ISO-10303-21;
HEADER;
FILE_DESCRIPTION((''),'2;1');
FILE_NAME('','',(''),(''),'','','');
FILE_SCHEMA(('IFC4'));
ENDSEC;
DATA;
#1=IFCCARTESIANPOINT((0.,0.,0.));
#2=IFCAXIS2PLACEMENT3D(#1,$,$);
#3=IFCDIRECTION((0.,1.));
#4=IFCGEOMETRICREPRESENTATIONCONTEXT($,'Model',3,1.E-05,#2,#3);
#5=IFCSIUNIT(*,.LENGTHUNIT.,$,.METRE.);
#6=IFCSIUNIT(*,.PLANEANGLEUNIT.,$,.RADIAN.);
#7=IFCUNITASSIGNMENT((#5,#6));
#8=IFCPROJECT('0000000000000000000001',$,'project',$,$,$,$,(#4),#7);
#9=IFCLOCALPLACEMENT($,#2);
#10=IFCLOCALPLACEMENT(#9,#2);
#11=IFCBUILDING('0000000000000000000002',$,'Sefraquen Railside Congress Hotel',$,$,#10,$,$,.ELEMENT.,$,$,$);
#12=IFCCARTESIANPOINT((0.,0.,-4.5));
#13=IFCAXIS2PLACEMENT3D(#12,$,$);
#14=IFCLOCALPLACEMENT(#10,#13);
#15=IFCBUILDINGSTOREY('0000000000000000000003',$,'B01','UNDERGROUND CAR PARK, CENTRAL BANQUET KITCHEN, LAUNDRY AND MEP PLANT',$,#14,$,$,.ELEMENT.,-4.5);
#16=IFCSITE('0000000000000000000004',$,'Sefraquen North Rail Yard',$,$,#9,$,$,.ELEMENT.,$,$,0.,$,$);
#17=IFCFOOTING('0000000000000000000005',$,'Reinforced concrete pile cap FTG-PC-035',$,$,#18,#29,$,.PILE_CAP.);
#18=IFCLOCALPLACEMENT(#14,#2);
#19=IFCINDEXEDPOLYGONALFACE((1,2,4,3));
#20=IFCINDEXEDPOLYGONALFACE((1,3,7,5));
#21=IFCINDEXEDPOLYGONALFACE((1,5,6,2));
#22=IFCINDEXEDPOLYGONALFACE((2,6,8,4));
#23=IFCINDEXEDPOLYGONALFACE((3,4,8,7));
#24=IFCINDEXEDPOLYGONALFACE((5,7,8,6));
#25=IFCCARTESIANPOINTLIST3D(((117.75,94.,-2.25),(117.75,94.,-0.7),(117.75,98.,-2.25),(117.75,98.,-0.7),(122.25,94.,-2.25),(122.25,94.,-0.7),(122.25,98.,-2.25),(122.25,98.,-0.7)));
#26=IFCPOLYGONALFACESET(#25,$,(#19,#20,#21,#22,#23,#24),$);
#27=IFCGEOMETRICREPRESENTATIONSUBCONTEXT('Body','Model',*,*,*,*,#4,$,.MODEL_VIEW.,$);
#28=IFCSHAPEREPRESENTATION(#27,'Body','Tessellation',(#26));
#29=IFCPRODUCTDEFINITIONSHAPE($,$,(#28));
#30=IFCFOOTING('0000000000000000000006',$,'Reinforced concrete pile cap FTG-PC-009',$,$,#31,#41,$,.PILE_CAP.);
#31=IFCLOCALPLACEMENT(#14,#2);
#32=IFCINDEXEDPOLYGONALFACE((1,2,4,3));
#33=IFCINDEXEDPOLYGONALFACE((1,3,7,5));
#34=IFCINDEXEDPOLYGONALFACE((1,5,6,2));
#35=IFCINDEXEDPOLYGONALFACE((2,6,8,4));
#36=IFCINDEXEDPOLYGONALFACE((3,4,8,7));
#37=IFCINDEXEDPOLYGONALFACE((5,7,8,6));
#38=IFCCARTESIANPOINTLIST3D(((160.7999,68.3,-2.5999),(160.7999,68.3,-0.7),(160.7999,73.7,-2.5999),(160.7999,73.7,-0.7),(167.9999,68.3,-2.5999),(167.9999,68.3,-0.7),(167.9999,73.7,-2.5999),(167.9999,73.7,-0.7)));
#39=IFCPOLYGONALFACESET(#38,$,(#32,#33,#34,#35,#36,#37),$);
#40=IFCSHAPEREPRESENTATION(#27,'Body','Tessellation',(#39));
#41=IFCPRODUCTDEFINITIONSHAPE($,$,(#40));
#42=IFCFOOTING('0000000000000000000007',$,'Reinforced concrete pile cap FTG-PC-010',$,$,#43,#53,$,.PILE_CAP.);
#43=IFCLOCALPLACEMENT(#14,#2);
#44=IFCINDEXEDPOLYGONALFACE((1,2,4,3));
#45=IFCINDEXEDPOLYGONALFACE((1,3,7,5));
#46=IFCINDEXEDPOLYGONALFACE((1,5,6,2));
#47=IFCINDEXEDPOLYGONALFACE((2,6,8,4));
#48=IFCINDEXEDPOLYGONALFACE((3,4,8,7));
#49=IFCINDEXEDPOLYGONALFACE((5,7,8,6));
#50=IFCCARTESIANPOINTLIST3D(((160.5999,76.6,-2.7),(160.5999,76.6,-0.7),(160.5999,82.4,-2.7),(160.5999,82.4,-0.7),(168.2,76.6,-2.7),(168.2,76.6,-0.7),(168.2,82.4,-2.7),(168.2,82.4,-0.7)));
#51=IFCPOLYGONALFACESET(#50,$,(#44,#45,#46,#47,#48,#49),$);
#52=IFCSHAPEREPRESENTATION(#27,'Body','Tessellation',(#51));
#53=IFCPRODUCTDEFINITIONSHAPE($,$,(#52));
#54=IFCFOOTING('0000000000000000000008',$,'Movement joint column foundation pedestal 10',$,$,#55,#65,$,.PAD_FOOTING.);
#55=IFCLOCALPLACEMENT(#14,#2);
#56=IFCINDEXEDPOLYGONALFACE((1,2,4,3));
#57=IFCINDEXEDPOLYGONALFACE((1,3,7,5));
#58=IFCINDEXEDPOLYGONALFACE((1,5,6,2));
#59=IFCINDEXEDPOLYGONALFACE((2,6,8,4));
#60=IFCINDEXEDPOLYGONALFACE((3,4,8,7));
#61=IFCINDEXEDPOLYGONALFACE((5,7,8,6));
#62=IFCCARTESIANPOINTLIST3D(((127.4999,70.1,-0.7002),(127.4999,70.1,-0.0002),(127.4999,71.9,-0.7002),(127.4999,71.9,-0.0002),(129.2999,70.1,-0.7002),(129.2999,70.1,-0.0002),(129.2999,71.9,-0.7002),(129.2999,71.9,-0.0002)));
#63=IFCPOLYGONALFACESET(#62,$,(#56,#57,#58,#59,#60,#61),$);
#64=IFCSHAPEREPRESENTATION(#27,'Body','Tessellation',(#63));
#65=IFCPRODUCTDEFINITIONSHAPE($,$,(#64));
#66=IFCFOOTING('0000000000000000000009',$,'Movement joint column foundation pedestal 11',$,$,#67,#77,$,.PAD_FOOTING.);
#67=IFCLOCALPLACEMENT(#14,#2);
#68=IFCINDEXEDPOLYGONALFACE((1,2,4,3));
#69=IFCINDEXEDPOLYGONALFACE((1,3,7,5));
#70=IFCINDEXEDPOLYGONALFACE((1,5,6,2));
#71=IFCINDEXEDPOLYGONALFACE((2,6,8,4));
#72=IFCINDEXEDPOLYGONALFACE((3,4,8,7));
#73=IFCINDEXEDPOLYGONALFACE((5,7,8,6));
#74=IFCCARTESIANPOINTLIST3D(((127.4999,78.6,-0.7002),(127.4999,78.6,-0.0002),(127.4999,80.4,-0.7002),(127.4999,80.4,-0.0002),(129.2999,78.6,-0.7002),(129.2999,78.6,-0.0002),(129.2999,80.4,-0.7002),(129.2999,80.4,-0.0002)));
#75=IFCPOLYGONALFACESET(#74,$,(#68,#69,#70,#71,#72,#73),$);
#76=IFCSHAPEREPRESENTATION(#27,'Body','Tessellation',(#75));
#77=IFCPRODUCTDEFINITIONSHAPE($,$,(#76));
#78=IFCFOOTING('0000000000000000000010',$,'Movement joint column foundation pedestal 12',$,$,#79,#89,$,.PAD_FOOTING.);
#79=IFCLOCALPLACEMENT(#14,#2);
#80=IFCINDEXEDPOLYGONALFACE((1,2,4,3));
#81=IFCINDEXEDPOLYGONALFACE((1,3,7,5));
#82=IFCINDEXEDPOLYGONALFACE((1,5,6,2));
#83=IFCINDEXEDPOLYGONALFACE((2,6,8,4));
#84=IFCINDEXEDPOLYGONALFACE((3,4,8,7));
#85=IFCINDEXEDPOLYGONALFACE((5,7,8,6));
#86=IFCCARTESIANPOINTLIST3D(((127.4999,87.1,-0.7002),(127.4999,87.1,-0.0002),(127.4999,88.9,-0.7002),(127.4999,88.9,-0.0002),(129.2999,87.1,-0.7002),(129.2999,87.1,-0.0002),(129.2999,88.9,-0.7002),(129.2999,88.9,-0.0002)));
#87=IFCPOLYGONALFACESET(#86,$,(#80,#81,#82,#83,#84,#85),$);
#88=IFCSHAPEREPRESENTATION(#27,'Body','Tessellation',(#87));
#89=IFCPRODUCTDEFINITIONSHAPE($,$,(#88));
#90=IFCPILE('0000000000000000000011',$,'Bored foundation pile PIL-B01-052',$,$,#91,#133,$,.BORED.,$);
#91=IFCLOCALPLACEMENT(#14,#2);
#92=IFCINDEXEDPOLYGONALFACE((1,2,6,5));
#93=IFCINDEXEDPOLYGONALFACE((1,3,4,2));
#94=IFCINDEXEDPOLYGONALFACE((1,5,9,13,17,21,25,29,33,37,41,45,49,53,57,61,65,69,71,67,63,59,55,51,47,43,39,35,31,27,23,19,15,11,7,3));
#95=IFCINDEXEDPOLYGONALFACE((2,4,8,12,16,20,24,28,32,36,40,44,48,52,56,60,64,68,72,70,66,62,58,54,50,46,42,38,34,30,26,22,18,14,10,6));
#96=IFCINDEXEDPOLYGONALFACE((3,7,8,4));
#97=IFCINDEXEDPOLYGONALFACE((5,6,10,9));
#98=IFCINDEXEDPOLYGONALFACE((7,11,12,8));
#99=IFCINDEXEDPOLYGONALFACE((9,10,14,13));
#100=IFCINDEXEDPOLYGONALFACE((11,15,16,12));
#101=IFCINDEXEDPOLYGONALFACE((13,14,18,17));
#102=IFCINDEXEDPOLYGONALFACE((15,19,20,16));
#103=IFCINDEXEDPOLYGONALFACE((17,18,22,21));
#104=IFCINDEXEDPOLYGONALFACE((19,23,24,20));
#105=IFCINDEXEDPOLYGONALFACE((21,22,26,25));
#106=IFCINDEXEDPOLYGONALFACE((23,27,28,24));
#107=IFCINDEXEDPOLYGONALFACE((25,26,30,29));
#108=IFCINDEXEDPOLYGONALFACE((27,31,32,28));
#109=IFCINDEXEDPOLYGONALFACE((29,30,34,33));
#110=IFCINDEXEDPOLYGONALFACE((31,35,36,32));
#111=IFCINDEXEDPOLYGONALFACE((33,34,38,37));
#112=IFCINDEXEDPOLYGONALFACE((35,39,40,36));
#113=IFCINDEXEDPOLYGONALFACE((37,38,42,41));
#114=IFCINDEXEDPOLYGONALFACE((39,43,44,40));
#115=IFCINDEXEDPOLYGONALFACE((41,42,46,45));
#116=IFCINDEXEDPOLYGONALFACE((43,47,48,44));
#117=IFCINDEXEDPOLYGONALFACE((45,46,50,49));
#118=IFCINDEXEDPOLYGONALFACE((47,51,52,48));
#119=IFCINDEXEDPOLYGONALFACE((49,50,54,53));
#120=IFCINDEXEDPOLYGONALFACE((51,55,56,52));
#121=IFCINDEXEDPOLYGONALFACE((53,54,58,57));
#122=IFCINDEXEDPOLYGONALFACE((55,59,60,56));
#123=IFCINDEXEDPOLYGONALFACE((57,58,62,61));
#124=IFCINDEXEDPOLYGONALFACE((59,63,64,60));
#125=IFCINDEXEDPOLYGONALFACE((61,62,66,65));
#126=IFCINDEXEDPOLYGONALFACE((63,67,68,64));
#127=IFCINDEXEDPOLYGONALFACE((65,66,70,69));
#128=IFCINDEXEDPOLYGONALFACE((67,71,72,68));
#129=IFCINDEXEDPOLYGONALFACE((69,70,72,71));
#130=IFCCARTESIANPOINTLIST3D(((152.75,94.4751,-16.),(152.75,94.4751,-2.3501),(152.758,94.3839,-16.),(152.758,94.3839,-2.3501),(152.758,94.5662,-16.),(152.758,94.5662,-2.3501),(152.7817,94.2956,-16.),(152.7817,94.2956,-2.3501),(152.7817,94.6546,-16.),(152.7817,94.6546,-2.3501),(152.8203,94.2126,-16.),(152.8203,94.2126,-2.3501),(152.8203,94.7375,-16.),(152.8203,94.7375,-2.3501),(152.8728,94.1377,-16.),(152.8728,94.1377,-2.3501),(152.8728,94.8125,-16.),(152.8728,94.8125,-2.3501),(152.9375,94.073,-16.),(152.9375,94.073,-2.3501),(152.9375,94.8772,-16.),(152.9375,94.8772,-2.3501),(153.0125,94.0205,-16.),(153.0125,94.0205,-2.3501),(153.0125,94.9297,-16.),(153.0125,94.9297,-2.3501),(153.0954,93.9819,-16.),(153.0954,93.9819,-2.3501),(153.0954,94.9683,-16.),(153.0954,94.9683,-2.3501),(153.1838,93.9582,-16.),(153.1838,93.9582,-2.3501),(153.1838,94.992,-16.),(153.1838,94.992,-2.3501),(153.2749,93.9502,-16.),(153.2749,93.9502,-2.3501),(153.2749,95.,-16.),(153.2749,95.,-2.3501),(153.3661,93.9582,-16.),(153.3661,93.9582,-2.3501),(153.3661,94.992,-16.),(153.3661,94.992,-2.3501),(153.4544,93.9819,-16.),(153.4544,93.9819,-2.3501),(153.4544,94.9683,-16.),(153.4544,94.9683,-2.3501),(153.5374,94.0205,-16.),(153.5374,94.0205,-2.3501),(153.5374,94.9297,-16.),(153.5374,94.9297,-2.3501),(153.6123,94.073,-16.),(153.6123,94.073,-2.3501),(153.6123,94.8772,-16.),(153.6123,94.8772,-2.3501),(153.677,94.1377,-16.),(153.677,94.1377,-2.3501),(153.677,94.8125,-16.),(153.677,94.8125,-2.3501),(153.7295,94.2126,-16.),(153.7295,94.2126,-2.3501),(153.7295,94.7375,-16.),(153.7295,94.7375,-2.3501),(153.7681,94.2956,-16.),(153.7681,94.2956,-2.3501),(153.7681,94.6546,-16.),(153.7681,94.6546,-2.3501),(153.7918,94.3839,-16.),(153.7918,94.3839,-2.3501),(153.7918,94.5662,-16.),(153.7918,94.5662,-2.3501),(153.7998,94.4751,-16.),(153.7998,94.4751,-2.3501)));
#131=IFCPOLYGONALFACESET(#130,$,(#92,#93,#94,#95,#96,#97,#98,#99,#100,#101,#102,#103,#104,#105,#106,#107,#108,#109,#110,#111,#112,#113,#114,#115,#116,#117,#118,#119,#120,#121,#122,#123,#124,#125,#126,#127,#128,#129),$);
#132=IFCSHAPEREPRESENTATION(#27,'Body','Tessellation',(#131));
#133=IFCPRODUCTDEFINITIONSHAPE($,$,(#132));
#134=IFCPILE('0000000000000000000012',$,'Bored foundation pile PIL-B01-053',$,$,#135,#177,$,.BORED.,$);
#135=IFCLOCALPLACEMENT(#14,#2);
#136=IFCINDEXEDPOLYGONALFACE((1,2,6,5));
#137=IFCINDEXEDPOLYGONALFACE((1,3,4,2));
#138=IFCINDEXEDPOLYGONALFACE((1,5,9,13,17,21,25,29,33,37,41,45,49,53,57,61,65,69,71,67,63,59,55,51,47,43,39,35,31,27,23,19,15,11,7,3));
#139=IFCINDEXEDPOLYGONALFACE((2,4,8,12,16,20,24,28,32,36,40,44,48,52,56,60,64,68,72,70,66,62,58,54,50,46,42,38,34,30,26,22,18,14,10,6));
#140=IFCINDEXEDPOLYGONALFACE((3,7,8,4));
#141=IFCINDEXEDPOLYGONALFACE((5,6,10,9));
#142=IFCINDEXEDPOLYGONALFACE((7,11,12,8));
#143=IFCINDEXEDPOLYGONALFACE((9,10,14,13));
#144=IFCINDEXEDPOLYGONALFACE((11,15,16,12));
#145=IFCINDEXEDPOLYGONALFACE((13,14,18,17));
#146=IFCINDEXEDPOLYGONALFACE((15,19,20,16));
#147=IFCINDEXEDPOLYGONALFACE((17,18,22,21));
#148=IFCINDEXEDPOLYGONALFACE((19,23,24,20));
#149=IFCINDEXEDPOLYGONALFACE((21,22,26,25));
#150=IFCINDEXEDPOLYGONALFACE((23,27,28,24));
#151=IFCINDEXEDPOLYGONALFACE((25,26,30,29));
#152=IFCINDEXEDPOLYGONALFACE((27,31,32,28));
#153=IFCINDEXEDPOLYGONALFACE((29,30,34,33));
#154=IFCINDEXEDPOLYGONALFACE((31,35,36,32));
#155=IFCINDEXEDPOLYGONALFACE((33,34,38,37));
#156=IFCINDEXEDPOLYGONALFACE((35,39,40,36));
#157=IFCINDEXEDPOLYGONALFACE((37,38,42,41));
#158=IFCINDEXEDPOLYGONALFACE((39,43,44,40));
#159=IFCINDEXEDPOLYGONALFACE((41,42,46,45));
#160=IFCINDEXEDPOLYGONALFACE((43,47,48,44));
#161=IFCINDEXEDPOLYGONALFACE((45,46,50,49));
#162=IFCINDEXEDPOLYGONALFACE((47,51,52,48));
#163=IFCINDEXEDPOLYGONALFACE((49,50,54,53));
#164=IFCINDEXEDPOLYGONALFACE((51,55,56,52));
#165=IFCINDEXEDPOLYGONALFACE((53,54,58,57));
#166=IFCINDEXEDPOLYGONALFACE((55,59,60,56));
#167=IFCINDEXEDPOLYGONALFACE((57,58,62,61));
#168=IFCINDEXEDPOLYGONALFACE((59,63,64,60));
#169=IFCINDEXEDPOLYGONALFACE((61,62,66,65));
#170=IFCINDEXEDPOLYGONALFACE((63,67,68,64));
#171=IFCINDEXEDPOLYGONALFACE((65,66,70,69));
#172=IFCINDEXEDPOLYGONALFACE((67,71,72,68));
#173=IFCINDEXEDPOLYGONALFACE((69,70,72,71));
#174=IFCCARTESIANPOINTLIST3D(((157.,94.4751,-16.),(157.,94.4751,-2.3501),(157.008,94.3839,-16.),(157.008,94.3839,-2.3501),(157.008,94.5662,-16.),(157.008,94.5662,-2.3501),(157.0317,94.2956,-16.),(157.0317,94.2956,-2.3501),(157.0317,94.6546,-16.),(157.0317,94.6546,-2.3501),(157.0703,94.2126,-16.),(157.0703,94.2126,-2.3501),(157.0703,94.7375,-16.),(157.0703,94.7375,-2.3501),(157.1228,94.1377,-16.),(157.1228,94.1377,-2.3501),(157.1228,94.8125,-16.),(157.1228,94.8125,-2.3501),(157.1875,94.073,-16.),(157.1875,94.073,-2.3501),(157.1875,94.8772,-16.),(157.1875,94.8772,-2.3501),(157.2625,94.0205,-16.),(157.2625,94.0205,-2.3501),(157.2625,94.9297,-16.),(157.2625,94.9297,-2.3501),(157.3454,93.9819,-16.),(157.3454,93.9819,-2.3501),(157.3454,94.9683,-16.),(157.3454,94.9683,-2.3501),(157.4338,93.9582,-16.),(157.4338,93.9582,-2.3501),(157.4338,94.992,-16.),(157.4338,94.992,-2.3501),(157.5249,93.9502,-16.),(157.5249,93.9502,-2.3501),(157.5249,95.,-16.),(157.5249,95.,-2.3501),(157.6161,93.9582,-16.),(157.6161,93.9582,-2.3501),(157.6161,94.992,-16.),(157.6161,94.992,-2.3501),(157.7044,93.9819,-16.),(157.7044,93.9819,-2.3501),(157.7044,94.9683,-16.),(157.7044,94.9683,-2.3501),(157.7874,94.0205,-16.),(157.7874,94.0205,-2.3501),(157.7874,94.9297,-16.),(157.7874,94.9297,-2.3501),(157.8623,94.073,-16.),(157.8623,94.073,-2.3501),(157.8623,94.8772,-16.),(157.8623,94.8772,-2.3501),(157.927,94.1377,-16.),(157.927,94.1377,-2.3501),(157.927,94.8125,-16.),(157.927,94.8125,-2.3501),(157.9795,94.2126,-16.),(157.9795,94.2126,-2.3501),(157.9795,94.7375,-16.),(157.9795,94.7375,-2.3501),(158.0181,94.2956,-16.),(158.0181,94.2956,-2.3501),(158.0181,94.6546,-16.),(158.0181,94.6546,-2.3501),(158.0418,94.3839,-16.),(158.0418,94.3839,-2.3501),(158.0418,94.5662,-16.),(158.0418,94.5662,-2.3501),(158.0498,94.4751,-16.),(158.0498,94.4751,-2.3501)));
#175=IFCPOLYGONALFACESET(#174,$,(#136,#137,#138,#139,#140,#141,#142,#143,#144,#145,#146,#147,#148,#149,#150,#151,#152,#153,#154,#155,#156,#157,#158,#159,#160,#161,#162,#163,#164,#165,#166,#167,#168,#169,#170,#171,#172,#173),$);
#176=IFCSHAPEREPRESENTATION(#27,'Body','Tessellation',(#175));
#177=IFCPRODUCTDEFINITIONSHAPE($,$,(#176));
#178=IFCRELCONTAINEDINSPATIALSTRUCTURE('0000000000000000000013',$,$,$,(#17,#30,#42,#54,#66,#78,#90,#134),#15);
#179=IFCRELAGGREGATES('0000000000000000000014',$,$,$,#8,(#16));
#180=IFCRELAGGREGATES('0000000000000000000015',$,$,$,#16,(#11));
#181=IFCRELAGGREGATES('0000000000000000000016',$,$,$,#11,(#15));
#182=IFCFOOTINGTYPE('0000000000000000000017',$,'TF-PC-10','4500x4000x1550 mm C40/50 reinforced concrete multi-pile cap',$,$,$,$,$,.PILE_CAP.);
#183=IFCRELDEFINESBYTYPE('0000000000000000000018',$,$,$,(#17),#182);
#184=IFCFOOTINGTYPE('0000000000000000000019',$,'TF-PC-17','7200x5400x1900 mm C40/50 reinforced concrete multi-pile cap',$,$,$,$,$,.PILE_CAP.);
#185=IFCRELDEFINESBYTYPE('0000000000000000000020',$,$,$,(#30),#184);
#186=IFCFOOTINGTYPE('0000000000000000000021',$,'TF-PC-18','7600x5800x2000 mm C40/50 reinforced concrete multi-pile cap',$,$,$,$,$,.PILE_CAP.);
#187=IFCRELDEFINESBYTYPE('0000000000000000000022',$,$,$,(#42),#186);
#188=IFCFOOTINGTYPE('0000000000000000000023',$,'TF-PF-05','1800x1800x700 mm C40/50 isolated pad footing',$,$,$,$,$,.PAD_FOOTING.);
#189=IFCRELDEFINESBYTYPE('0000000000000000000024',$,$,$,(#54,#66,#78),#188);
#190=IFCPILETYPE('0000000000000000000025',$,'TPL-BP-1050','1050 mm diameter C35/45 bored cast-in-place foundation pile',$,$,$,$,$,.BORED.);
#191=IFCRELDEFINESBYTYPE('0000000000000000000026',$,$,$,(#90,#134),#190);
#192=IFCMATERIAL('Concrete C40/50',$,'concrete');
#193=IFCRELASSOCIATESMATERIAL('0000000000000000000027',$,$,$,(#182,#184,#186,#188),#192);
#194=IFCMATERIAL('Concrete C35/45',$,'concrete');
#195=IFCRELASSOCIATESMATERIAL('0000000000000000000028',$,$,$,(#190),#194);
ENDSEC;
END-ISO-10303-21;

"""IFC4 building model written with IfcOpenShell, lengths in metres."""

from ifc_helpers import new_model, si_unit, direction, frame, origin, origin_2d, place, context, subcontext, project, spatial, rectangle, circle, extrude, material, material_profile, profile_set, type_object, element, save


model = new_model("IFC4")

# Units and contexts
model_context = context("Model", 3, precision=1e-05, world=origin(), true_north=direction((0.0, 1.0)))
body_context = subcontext(model_context, "Body", "Model", "MODEL_VIEW")
ifc_project = project(units=[si_unit("LENGTHUNIT", "METRE"), si_unit("PLANEANGLEUNIT", "RADIAN")], contexts=[model_context])

# Site, building, storey
site_placement = place(None, origin())
site = spatial("IfcSite", under=ifc_project, at=site_placement, Name="Sefraquen North Rail Yard", CompositionType="ELEMENT", RefElevation=0.0)
building_placement = place(site_placement, origin())
building = spatial("IfcBuilding", under=site, at=building_placement, Name="Sefraquen Railside Congress Hotel", CompositionType="ELEMENT")
storey_placement = place(building_placement, frame((0.0, 0.0, -4.5)))
storey = spatial("IfcBuildingStorey", under=building, at=storey_placement, Name="B01", Description="UNDERGROUND CAR PARK, CENTRAL BANQUET KITCHEN, LAUNDRY AND MEP PLANT", CompositionType="ELEMENT", Elevation=-4.5)

# Footings
ifc_material_1 = material(Name="Concrete C40/50", Category="concrete")
footing_type_1 = type_object("IfcFootingType", Name="TF-PC-10", Description="4500x4000x1550 mm C40/50 reinforced concrete multi-pile cap", PredefinedType="PILE_CAP", material=ifc_material_1)
footing_1_placement = place(storey_placement, frame((120.0, 96.0, -2.25), z_axis=(0.0, 0.0, 1.0), x_axis=(1.0, 0.0, 0.0)))
element("IfcFooting", 1, at=footing_1_placement, inside=storey, type_object=footing_type_1, Name="Reinforced concrete pile cap FTG-PC-035", PredefinedType="PILE_CAP", context=body_context, shape_type="SweptSolid", body=[
    extrude(rectangle(XDim=4.5, YDim=4.0, at=origin_2d()), origin(), (0.0, 0.0, 1.0), 1.55),
])
footing_type_2 = type_object("IfcFootingType", Name="TF-PC-17", Description="7200x5400x1900 mm C40/50 reinforced concrete multi-pile cap", PredefinedType="PILE_CAP", material=ifc_material_1)
footing_2_placement = place(storey_placement, frame((164.3999, 71.0, -2.5999), z_axis=(0.0, 0.0, 1.0), x_axis=(1.0, 0.0, 0.0)))
element("IfcFooting", 2, at=footing_2_placement, inside=storey, type_object=footing_type_2, Name="Reinforced concrete pile cap FTG-PC-009", PredefinedType="PILE_CAP", context=body_context, shape_type="SweptSolid", body=[
    extrude(rectangle(XDim=7.2, YDim=5.3999, at=origin_2d()), origin(), (0.0, 0.0, 1.0), 1.8999),
])
footing_type_3 = type_object("IfcFootingType", Name="TF-PC-18", Description="7600x5800x2000 mm C40/50 reinforced concrete multi-pile cap", PredefinedType="PILE_CAP", material=ifc_material_1)
footing_3_placement = place(storey_placement, frame((164.3999, 79.5, -2.7), z_axis=(0.0, 0.0, 1.0), x_axis=(1.0, 0.0, 0.0)))
element("IfcFooting", 3, at=footing_3_placement, inside=storey, type_object=footing_type_3, Name="Reinforced concrete pile cap FTG-PC-010", PredefinedType="PILE_CAP", context=body_context, shape_type="SweptSolid", body=[
    extrude(rectangle(XDim=7.6001, YDim=5.8, at=origin_2d()), origin(), (0.0, 0.0, 1.0), 2.0),
])
footing_type_4 = type_object("IfcFootingType", Name="TF-PF-05", Description="1800x1800x700 mm C40/50 isolated pad footing", PredefinedType="PAD_FOOTING", material=ifc_material_1)
for number, where, z_axis, x_axis, name in (
    (4, (128.3999, 71.0, -0.7002), (0.0, 0.0, 1.0), (1.0, 0.0, 0.0), "Movement joint column foundation pedestal 10"),
    (5, (128.3999, 79.5, -0.7002), (0.0, 0.0, 1.0), (1.0, 0.0, 0.0), "Movement joint column foundation pedestal 11"),
    (6, (128.3999, 88.0, -0.7002), (0.0, 0.0, 1.0), (1.0, 0.0, 0.0), "Movement joint column foundation pedestal 12"),
):
    element("IfcFooting", number, at=place(storey_placement, frame(where, z_axis=z_axis, x_axis=x_axis)), inside=storey, type_object=footing_type_4, Name=name, PredefinedType="PAD_FOOTING", context=body_context, shape_type="SweptSolid", body=[
        extrude(rectangle(XDim=1.8, YDim=1.8, at=origin_2d()), origin(), (0.0, 0.0, 1.0), 0.7),
    ])

# Piles
ifc_material_2 = material(Name="Concrete C35/45", Category="concrete")
ifc_material_profile_1 = material_profile(ifc_material_2, circle(Radius=0.5249, at=origin_2d()), Name="BORED PILE 1050")
ifc_profile_set_1 = profile_set([ifc_material_profile_1], Name="Concrete C35/45")
pile_type_1 = type_object("IfcPileType", Name="TPL-BP-1050", Description="1050 mm diameter C35/45 bored cast-in-place foundation pile", PredefinedType="BORED", material=ifc_profile_set_1)
for number, where, z_axis, x_axis, name in (
    (7, (153.2749, 94.4751, -2.3501), (0.0, 0.0, -1.0), (1.0, 0.0, 0.0), "Bored foundation pile PIL-B01-052"),
    (8, (157.5249, 94.4751, -2.3501), (0.0, 0.0, -1.0), (1.0, 0.0, 0.0), "Bored foundation pile PIL-B01-053"),
):
    element("IfcPile", number, at=place(storey_placement, frame(where, z_axis=z_axis, x_axis=x_axis)), inside=storey, type_object=pile_type_1, Name=name, PredefinedType="BORED", context=body_context, shape_type="SweptSolid", body=[
        extrude(circle(Radius=0.5249, at=origin_2d()), origin(), (0.0, 0.0, 1.0), 13.6499),
    ])

save(model, "model.ifc")
